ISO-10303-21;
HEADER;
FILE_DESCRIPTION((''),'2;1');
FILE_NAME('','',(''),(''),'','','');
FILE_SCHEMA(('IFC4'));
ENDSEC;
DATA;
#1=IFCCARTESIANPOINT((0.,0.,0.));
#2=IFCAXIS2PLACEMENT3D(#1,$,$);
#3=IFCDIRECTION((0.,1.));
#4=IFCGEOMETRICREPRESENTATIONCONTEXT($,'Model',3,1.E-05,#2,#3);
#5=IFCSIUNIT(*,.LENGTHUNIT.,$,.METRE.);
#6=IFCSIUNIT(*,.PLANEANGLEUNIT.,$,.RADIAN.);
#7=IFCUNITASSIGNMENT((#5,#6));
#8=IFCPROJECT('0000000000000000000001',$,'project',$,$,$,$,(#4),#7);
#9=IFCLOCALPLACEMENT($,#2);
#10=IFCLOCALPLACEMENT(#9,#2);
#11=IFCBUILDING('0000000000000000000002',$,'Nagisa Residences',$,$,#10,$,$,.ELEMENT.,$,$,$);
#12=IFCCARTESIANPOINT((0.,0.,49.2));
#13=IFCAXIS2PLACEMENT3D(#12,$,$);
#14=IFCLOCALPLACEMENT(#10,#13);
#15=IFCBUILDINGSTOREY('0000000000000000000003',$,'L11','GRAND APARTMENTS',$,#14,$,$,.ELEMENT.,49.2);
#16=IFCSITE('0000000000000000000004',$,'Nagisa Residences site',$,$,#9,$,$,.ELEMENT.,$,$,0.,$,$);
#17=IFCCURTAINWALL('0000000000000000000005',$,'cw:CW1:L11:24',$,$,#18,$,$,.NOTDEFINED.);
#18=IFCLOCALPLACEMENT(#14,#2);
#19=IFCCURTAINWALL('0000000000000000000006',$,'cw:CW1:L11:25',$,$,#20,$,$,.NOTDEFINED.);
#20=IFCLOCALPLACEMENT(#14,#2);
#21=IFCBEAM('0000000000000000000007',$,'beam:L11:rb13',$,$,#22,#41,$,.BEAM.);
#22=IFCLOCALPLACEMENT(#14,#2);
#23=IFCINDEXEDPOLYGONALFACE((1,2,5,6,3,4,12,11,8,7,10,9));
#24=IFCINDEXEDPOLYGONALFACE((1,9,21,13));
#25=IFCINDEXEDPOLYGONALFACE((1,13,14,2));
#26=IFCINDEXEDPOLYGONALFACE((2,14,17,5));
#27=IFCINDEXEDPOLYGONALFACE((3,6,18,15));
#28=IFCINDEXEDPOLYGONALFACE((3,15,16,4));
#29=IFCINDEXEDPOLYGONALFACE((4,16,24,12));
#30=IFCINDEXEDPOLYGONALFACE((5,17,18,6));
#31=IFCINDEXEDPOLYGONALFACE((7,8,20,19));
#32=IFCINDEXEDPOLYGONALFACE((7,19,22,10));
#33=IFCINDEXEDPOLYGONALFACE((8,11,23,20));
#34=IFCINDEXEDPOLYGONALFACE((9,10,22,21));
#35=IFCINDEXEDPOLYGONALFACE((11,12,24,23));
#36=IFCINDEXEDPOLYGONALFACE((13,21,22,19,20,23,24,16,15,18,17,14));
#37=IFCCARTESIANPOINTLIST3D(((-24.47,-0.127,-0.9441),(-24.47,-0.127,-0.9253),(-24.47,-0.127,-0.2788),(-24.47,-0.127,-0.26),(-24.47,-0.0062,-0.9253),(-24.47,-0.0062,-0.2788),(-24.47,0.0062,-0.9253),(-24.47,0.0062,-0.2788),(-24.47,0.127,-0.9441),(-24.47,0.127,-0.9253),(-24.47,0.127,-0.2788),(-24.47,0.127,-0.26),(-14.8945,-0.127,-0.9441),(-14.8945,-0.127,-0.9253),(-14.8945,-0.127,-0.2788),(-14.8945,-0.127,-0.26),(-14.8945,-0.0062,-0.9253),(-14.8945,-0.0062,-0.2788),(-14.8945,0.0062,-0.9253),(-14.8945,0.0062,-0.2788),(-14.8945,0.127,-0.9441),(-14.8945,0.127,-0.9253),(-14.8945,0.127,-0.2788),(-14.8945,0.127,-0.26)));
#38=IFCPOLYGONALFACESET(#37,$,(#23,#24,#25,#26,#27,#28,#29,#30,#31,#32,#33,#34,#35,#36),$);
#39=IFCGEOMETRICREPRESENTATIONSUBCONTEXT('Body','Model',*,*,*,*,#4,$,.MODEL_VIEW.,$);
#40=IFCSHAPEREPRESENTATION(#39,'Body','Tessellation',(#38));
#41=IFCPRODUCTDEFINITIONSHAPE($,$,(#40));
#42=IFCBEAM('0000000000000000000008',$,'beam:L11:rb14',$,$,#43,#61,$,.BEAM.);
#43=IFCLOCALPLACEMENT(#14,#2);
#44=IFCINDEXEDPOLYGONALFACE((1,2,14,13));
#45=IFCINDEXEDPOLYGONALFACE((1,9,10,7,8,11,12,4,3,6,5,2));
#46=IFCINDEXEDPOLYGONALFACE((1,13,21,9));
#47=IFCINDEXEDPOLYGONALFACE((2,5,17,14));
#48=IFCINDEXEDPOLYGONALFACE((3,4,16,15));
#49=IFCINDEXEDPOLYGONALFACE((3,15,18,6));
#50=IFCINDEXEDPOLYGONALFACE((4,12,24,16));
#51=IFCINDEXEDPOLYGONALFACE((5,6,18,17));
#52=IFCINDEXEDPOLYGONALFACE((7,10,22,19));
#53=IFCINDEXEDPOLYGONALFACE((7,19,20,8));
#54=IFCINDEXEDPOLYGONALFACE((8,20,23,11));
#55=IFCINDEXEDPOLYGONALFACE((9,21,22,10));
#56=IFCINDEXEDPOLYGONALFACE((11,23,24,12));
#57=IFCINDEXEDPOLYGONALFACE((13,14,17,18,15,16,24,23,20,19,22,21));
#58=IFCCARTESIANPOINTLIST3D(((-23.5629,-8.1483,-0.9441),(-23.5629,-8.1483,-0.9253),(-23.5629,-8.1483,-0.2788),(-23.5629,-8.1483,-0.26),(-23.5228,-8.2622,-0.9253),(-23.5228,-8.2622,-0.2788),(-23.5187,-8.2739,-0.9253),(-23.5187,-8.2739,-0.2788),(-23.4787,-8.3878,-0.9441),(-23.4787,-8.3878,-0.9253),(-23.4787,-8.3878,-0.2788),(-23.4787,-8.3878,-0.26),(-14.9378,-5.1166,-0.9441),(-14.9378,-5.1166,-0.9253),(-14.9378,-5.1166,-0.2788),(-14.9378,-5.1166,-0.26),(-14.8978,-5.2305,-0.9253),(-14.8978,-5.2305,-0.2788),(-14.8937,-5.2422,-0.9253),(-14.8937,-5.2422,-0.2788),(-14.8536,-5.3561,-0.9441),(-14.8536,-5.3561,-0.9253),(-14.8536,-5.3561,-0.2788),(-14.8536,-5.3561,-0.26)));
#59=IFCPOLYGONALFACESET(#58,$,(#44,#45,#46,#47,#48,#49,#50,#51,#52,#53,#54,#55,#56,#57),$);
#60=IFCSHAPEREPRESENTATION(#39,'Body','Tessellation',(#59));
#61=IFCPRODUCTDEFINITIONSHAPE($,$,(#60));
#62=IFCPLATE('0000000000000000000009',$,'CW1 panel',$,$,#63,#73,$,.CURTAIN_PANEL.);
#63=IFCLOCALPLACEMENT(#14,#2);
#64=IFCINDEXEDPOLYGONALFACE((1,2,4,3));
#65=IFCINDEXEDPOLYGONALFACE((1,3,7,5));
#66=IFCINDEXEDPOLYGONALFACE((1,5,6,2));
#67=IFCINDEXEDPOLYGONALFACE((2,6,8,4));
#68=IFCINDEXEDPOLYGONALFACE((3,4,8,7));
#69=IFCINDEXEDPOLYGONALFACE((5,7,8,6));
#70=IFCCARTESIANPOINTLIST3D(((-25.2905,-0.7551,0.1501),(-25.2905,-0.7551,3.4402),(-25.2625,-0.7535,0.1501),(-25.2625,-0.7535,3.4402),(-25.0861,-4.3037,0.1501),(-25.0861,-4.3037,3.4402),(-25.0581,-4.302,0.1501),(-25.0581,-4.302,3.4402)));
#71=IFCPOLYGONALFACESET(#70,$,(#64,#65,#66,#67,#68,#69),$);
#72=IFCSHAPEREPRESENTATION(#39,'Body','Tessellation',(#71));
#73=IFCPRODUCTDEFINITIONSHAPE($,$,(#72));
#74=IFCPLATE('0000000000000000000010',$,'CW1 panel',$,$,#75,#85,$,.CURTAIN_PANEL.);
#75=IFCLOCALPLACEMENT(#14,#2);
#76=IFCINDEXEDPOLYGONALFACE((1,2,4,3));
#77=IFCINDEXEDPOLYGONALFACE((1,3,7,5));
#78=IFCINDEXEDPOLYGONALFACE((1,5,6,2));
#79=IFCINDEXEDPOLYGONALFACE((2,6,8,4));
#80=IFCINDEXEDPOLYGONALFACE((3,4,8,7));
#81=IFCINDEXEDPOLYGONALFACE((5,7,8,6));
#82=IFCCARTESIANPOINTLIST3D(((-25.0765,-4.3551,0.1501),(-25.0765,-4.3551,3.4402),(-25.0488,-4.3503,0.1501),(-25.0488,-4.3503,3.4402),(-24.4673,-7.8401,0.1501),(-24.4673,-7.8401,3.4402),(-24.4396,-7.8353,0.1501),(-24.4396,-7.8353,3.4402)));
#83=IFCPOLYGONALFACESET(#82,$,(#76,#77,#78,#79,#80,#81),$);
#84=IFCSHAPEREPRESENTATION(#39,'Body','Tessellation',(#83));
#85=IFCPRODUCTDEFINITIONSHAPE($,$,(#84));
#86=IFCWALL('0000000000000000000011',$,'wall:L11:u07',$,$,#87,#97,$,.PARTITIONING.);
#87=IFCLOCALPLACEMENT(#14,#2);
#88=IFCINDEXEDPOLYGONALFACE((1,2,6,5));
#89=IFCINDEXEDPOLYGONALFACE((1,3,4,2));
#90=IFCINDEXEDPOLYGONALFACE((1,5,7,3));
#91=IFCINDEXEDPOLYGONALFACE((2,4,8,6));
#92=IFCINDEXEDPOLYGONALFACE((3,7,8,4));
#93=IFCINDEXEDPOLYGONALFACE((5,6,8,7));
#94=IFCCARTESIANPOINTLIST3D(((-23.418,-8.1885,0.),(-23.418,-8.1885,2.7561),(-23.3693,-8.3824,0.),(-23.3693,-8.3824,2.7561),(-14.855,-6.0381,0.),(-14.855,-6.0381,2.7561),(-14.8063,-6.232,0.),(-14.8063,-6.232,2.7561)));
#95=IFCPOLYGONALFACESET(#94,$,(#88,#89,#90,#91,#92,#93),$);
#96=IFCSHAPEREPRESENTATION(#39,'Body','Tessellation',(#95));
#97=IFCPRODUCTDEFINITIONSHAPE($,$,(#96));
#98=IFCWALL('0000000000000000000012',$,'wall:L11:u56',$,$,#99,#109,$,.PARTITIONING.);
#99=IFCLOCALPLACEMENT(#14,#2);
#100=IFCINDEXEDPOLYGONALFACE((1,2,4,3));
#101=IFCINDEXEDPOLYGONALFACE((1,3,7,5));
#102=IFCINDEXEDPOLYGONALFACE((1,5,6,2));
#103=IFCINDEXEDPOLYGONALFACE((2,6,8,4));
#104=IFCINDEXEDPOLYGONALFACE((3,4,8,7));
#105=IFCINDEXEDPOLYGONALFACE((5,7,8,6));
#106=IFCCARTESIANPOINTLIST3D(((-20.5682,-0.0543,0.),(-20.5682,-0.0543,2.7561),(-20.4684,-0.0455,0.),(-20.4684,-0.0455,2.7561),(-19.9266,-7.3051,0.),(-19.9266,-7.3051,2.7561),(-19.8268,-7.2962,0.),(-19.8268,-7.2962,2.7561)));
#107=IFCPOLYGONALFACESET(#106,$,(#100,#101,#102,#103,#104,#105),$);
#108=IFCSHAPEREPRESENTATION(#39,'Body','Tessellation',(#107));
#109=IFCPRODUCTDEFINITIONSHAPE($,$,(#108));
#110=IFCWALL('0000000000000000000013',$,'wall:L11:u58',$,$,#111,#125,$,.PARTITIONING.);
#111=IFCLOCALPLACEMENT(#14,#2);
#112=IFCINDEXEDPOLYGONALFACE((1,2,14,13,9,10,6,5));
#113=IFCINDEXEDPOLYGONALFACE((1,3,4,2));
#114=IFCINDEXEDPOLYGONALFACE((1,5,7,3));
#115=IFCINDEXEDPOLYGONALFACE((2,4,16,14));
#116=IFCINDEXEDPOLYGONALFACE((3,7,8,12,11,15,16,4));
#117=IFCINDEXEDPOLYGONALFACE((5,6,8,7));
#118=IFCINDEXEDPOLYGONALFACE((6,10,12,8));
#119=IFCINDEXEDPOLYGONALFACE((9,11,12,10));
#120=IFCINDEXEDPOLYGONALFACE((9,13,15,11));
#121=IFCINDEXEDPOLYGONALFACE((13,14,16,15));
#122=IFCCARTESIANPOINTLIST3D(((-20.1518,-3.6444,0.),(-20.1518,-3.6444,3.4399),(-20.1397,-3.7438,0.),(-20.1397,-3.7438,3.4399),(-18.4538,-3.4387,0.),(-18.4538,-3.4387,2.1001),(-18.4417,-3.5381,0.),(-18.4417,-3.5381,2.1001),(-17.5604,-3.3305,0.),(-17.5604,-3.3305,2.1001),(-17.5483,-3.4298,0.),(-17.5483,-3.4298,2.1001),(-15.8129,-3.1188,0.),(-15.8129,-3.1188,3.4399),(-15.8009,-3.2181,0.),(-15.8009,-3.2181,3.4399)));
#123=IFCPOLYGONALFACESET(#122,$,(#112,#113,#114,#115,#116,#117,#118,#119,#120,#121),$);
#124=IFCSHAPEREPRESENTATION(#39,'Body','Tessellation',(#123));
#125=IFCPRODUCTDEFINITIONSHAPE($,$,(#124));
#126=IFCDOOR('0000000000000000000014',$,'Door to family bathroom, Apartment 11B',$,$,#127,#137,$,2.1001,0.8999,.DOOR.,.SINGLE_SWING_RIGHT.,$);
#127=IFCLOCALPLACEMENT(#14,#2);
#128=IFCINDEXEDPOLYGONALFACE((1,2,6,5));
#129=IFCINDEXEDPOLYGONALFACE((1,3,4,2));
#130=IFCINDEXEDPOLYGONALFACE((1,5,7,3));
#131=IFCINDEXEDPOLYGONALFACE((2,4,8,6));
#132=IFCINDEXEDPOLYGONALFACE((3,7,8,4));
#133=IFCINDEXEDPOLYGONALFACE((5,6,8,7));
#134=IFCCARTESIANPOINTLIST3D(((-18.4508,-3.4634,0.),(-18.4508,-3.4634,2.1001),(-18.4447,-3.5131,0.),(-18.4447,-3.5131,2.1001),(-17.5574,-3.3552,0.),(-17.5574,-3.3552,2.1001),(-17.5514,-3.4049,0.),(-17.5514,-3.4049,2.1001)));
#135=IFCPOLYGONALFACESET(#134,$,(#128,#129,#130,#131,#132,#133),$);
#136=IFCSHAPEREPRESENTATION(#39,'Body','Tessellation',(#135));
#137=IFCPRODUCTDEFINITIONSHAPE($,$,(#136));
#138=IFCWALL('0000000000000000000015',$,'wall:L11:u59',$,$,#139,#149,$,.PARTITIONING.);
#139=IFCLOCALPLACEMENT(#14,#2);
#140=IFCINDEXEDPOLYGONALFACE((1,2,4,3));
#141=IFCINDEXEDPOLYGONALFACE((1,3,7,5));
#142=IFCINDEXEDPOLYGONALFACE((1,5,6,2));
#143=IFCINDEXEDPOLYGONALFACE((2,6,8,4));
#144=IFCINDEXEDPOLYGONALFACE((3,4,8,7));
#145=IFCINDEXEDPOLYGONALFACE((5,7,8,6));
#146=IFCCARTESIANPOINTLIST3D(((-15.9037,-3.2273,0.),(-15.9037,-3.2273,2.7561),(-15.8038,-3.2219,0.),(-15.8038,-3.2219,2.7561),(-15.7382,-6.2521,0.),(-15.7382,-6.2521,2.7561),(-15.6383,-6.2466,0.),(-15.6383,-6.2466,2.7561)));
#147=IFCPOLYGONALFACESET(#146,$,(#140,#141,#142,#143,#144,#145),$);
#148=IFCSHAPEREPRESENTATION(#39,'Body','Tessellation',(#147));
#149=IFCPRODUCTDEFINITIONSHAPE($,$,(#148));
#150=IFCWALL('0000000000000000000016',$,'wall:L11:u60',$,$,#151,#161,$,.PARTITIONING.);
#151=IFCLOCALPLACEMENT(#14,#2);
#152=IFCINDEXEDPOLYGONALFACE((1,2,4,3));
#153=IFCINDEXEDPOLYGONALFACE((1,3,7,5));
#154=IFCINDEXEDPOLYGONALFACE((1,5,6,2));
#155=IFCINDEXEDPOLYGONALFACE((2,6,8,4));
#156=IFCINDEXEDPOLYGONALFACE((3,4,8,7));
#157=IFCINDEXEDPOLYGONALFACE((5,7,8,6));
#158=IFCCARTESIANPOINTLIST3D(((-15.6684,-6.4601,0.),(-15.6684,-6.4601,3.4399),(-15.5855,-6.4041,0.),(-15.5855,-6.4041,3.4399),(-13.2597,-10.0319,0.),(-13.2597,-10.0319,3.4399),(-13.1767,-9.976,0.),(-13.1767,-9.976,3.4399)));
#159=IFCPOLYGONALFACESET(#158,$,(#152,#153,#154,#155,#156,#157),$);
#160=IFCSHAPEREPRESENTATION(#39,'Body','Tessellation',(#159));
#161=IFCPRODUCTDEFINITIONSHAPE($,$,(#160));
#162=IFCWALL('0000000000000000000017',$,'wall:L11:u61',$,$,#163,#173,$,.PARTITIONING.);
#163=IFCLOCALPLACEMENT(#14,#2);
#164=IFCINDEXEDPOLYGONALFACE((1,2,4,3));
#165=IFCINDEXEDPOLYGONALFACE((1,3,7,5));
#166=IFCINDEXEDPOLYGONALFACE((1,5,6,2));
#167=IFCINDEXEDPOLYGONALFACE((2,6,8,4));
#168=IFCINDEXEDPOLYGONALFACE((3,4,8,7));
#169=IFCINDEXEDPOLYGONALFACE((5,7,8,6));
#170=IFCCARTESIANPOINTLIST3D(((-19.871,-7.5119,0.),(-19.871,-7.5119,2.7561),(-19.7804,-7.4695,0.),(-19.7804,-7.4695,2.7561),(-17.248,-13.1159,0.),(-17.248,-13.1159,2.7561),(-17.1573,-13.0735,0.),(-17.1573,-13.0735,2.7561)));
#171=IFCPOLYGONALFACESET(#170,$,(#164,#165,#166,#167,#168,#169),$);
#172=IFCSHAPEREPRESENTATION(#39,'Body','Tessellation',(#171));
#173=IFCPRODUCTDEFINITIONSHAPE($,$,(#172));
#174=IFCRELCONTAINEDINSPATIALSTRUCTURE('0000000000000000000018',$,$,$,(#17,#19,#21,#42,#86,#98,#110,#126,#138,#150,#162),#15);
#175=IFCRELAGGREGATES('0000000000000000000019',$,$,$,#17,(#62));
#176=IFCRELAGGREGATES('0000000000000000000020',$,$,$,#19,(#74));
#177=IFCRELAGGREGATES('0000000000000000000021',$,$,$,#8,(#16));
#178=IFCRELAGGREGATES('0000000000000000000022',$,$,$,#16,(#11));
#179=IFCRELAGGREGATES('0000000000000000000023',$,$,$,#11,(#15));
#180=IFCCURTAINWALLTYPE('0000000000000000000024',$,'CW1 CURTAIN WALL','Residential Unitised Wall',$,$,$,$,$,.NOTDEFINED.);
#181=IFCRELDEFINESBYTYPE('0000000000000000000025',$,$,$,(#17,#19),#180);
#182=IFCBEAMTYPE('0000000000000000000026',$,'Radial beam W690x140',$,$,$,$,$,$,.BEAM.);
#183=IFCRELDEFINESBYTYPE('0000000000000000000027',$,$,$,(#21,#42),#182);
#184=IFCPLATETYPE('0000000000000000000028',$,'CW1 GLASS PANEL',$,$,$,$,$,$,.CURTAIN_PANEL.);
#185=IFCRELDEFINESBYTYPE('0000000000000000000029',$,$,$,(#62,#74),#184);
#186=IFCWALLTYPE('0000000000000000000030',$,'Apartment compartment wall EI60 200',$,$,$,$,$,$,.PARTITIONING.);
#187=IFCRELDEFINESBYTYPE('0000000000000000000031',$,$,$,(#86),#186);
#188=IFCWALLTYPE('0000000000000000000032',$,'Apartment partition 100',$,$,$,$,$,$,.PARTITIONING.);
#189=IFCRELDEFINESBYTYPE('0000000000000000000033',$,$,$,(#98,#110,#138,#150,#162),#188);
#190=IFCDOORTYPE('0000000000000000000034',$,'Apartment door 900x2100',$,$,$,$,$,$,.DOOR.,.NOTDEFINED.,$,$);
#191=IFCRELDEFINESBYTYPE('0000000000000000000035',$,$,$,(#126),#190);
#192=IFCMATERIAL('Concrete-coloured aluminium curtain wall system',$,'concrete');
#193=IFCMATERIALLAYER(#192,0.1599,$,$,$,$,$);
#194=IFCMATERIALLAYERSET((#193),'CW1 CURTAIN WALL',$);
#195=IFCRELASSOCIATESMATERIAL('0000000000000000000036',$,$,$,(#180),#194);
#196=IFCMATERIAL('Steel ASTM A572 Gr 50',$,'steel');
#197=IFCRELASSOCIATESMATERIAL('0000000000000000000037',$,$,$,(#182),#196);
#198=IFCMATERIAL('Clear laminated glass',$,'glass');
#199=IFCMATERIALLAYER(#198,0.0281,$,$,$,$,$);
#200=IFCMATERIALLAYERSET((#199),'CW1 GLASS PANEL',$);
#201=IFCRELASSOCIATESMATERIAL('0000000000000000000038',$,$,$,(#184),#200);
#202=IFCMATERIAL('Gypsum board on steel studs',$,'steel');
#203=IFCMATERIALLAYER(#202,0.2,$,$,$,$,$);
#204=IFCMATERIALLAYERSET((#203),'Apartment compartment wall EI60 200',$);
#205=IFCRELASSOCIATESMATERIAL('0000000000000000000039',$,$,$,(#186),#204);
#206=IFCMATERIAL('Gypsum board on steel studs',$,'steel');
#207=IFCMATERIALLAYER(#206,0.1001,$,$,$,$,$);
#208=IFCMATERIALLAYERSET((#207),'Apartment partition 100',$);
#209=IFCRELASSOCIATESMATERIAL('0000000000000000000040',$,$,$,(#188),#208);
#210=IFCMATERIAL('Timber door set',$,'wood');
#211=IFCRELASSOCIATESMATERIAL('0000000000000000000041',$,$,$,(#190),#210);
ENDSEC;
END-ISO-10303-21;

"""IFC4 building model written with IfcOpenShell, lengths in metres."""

from ifc_helpers import new_model, si_unit, direction, frame, frame_2d, origin, origin_2d, place, context, subcontext, project, spatial, rectangle, i_section, extrude, material, layer, layer_set, material_profile, profile_set, type_object, element, fill, aggregate, save


model = new_model("IFC4")

# Units and contexts
model_context = context("Model", 3, precision=1e-05, world=origin(), true_north=direction((0.0, 1.0)))
body_context = subcontext(model_context, "Body", "Model", "MODEL_VIEW")
ifc_project = project(units=[si_unit("LENGTHUNIT", "METRE"), si_unit("PLANEANGLEUNIT", "RADIAN")], contexts=[model_context])

# Site, building, storey
site_placement = place(None, origin())
site = spatial("IfcSite", under=ifc_project, at=site_placement, Name="Nagisa Residences site", CompositionType="ELEMENT", RefElevation=0.0)
building_placement = place(site_placement, origin())
building = spatial("IfcBuilding", under=site, at=building_placement, Name="Nagisa Residences", CompositionType="ELEMENT")
storey_placement = place(building_placement, frame((0.0, 0.0, 49.2)))
storey = spatial("IfcBuildingStorey", under=building, at=storey_placement, Name="L11", Description="GRAND APARTMENTS", CompositionType="ELEMENT", Elevation=49.2)

# Curtain walls
ifc_material_1 = material(Name="Concrete-coloured aluminium curtain wall system", Category="concrete")
ifc_layer_1 = layer(ifc_material_1, 0.1599)
ifc_layer_set_1 = layer_set([ifc_layer_1], Name="CW1 CURTAIN WALL")
curtain_wall_type = type_object("IfcCurtainWallType", Name="CW1 CURTAIN WALL", Description="Residential Unitised Wall", PredefinedType="NOTDEFINED", material=ifc_layer_set_1)
curtain_wall_1_placement = place(storey_placement, origin())
curtain_wall_1 = element("IfcCurtainWall", 1, at=curtain_wall_1_placement, inside=storey, type_object=curtain_wall_type, Name="cw:CW1:L11:24", PredefinedType="NOTDEFINED")
curtain_wall_2_placement = place(storey_placement, origin())
curtain_wall_2 = element("IfcCurtainWall", 2, at=curtain_wall_2_placement, inside=storey, type_object=curtain_wall_type, Name="cw:CW1:L11:25", PredefinedType="NOTDEFINED")

# Beams
ifc_material_2 = material(Name="Steel ASTM A572 Gr 50", Category="steel")
ifc_material_profile_1 = material_profile(ifc_material_2, i_section(OverallWidth=0.2539, OverallDepth=0.6841, WebThickness=0.0125, FlangeThickness=0.0188, at=origin_2d()), Name="W690x140")
ifc_profile_set_1 = profile_set([ifc_material_profile_1], Name="Steel ASTM A572 Gr 50")
beam_type_1 = type_object("IfcBeamType", Name="Radial beam W690x140", PredefinedType="BEAM", material=ifc_profile_set_1)
beam_1_placement = place(storey_placement, frame((-24.47, 0.0, -0.6021), z_axis=(1.0, 0.0, 0.0), x_axis=(0.0, 1.0, 0.0)))
element("IfcBeam", 3, at=beam_1_placement, inside=storey, type_object=beam_type_1, Name="beam:L11:rb13", PredefinedType="BEAM", context=body_context, shape_type="SweptSolid", body=[
    extrude(i_section(OverallWidth=0.2539, OverallDepth=0.6841, WebThickness=0.0125, FlangeThickness=0.0188, at=origin_2d()), origin(), (0.0, 0.0, 1.0), 9.5754),
])
beam_2_placement = place(storey_placement, frame((-23.5208, -8.2681, -0.6021), z_axis=(0.943415, 0.331616, 0.0), x_axis=(-0.331616, 0.943415, 0.0)))
element("IfcBeam", 4, at=beam_2_placement, inside=storey, type_object=beam_type_1, Name="beam:L11:rb14", PredefinedType="BEAM", context=body_context, shape_type="SweptSolid", body=[
    extrude(i_section(OverallWidth=0.2539, OverallDepth=0.6841, WebThickness=0.0125, FlangeThickness=0.0188, at=origin_2d()), origin(), (0.0, 0.0, 1.0), 9.1423),
])

# Plates
ifc_material_3 = material(Name="Clear laminated glass", Category="glass")
ifc_layer_2 = layer(ifc_material_3, 0.0281)
ifc_layer_set_2 = layer_set([ifc_layer_2], Name="CW1 GLASS PANEL")
plate_type = type_object("IfcPlateType", Name="CW1 GLASS PANEL", PredefinedType="CURTAIN_PANEL", material=ifc_layer_set_2)
plate_1_placement = place(storey_placement, frame((-25.1743, -2.5286, 0.1501), z_axis=(0.0, 0.0, 1.0), x_axis=(0.057503, -0.998345, 0.0)))
plate_1 = element("IfcPlate", 5, at=plate_1_placement, type_object=plate_type, Name="CW1 panel", PredefinedType="CURTAIN_PANEL", context=body_context, shape_type="SweptSolid", body=[
    extrude(rectangle(XDim=3.5544, YDim=0.0281, at=origin_2d()), origin(), (0.0, 0.0, 1.0), 3.29),
])
aggregate(curtain_wall_1, [plate_1])
plate_2_placement = place(storey_placement, frame((-24.7581, -6.0952, 0.1501), z_axis=(0.0, 0.0, 1.0), x_axis=(0.172191, -0.985064, 0.0)))
plate_2 = element("IfcPlate", 6, at=plate_2_placement, type_object=plate_type, Name="CW1 panel", PredefinedType="CURTAIN_PANEL", context=body_context, shape_type="SweptSolid", body=[
    extrude(rectangle(XDim=3.5378, YDim=0.0281, at=origin_2d()), origin(), (0.0, 0.0, 1.0), 3.29),
])
aggregate(curtain_wall_2, [plate_2])

# Walls
ifc_material_4 = material(Name="Gypsum board on steel studs", Category="steel")
ifc_layer_3 = layer(ifc_material_4, 0.2)
ifc_layer_set_3 = layer_set([ifc_layer_3], Name="Apartment compartment wall EI60 200")
wall_type_1 = type_object("IfcWallType", Name="Apartment compartment wall EI60 200", PredefinedType="PARTITIONING", material=ifc_layer_set_3)
wall_1_placement = place(storey_placement, frame((-14.8306, -6.135, 0.0), z_axis=(0.0, 0.0, 1.0), x_axis=(-0.969885, -0.243564, 0.0)))
element("IfcWall", 7, at=wall_1_placement, inside=storey, type_object=wall_type_1, Name="wall:L11:u07", PredefinedType="PARTITIONING", context=body_context, shape_type="SweptSolid", body=[
    extrude(rectangle(XDim=8.8289, YDim=0.2, at=frame_2d((4.4146, 0.0))), origin(), (0.0, 0.0, 1.0), 2.7561),
])
ifc_material_5 = material(Name="Gypsum board on steel studs", Category="steel")
ifc_layer_4 = layer(ifc_material_5, 0.1001)
ifc_layer_set_4 = layer_set([ifc_layer_4], Name="Apartment partition 100")
wall_type_2 = type_object("IfcWallType", Name="Apartment partition 100", PredefinedType="PARTITIONING", material=ifc_layer_set_4)
wall_2_placement = place(storey_placement, frame((-20.5183, -0.0498, 0.0), z_axis=(0.0, 0.0, 1.0), x_axis=(0.088143, -0.996108, 0.0)))
element("IfcWall", 8, at=wall_2_placement, inside=storey, type_object=wall_type_2, Name="wall:L11:u56", PredefinedType="PARTITIONING", context=body_context, shape_type="SweptSolid", body=[
    extrude(rectangle(XDim=7.2791, YDim=0.1001, at=frame_2d((3.6396, 0.0))), origin(), (0.0, 0.0, 1.0), 2.7561),
])

# Wall, opening, door
wall_3_placement = place(storey_placement, frame((-15.8069, -3.1685, 0.0), z_axis=(0.0, 0.0, 1.0), x_axis=(-0.992742, -0.120266, 0.0)))
wall_3 = element("IfcWall", 9, at=wall_3_placement, inside=storey, type_object=wall_type_2, Name="wall:L11:u58", PredefinedType="PARTITIONING", context=body_context, shape_type="SweptSolid", body=[
    extrude(rectangle(XDim=4.3706, YDim=0.1001, at=frame_2d((2.1853, 0.0))), origin(), (0.0, 0.0, 1.0), 3.4399),
])
opening_1_placement = place(wall_3_placement, frame((1.7603, 0.0, 0.0)))
opening_1 = element("IfcOpeningElement", 10, at=opening_1_placement, cuts=wall_3, PredefinedType="OPENING", context=body_context, shape_type="SweptSolid", body=[
    extrude(rectangle(XDim=0.8999, YDim=2.1001, at=frame_2d((0.45, 1.05))), frame((0.0, 0.0601, 0.0), z_axis=(0.0, -1.0, 0.0), x_axis=(1.0, 0.0, 0.0)), (0.0, 0.0, 1.0), 0.1201),
])
ifc_material_6 = material(Name="Timber door set", Category="wood")
door_type_1 = type_object("IfcDoorType", Name="Apartment door 900x2100", OperationType="NOTDEFINED", PredefinedType="DOOR", material=ifc_material_6)
door_1_placement = place(opening_1_placement, origin())
door_1 = element("IfcDoor", 11, at=door_1_placement, inside=storey, type_object=door_type_1, Name="Door to family bathroom, Apartment 11B", OperationType="SINGLE_SWING_RIGHT", OverallHeight=2.1001, OverallWidth=0.8999, PredefinedType="DOOR", context=body_context, shape_type="SweptSolid", body=[
    extrude(rectangle(XDim=0.8999, YDim=2.1001, at=frame_2d((0.45, 1.05))), frame((0.0, 0.0249, 0.0), z_axis=(0.0, -1.0, 0.0), x_axis=(1.0, 0.0, 0.0)), (0.0, 0.0, 1.0), 0.05),
])
fill(opening_1, door_1)

# Walls
wall_4_placement = place(storey_placement, frame((-15.8538, -3.2246, 0.0), z_axis=(0.0, 0.0, 1.0), x_axis=(0.054644, -0.998506, 0.0)))
element("IfcWall", 12, at=wall_4_placement, inside=storey, type_object=wall_type_2, Name="wall:L11:u59", PredefinedType="PARTITIONING", context=body_context, shape_type="SweptSolid", body=[
    extrude(rectangle(XDim=3.0293, YDim=0.1001, at=frame_2d((1.5146, 0.0))), origin(), (0.0, 0.0, 1.0), 2.7561),
])
wall_5_placement = place(storey_placement, frame((-15.627, -6.4321, 0.0), z_axis=(0.0, 0.0, 1.0), x_axis=(0.559113, -0.829092, 0.0)))
element("IfcWall", 13, at=wall_5_placement, inside=storey, type_object=wall_type_2, Name="wall:L11:u60", PredefinedType="PARTITIONING", context=body_context, shape_type="SweptSolid", body=[
    extrude(rectangle(XDim=4.3081, YDim=0.1001, at=frame_2d((2.1541, 0.0))), origin(), (0.0, 0.0, 1.0), 3.4399),
])
wall_6_placement = place(storey_placement, frame((-19.8257, -7.4907, 0.0), z_axis=(0.0, 0.0, 1.0), x_axis=(0.423926, -0.905697, 0.0)))
element("IfcWall", 14, at=wall_6_placement, inside=storey, type_object=wall_type_2, Name="wall:L11:u61", PredefinedType="PARTITIONING", context=body_context, shape_type="SweptSolid", body=[
    extrude(rectangle(XDim=6.1875, YDim=0.1001, at=frame_2d((3.0938, 0.0))), origin(), (0.0, 0.0, 1.0), 2.7561),
])

save(model, "model.ifc")
